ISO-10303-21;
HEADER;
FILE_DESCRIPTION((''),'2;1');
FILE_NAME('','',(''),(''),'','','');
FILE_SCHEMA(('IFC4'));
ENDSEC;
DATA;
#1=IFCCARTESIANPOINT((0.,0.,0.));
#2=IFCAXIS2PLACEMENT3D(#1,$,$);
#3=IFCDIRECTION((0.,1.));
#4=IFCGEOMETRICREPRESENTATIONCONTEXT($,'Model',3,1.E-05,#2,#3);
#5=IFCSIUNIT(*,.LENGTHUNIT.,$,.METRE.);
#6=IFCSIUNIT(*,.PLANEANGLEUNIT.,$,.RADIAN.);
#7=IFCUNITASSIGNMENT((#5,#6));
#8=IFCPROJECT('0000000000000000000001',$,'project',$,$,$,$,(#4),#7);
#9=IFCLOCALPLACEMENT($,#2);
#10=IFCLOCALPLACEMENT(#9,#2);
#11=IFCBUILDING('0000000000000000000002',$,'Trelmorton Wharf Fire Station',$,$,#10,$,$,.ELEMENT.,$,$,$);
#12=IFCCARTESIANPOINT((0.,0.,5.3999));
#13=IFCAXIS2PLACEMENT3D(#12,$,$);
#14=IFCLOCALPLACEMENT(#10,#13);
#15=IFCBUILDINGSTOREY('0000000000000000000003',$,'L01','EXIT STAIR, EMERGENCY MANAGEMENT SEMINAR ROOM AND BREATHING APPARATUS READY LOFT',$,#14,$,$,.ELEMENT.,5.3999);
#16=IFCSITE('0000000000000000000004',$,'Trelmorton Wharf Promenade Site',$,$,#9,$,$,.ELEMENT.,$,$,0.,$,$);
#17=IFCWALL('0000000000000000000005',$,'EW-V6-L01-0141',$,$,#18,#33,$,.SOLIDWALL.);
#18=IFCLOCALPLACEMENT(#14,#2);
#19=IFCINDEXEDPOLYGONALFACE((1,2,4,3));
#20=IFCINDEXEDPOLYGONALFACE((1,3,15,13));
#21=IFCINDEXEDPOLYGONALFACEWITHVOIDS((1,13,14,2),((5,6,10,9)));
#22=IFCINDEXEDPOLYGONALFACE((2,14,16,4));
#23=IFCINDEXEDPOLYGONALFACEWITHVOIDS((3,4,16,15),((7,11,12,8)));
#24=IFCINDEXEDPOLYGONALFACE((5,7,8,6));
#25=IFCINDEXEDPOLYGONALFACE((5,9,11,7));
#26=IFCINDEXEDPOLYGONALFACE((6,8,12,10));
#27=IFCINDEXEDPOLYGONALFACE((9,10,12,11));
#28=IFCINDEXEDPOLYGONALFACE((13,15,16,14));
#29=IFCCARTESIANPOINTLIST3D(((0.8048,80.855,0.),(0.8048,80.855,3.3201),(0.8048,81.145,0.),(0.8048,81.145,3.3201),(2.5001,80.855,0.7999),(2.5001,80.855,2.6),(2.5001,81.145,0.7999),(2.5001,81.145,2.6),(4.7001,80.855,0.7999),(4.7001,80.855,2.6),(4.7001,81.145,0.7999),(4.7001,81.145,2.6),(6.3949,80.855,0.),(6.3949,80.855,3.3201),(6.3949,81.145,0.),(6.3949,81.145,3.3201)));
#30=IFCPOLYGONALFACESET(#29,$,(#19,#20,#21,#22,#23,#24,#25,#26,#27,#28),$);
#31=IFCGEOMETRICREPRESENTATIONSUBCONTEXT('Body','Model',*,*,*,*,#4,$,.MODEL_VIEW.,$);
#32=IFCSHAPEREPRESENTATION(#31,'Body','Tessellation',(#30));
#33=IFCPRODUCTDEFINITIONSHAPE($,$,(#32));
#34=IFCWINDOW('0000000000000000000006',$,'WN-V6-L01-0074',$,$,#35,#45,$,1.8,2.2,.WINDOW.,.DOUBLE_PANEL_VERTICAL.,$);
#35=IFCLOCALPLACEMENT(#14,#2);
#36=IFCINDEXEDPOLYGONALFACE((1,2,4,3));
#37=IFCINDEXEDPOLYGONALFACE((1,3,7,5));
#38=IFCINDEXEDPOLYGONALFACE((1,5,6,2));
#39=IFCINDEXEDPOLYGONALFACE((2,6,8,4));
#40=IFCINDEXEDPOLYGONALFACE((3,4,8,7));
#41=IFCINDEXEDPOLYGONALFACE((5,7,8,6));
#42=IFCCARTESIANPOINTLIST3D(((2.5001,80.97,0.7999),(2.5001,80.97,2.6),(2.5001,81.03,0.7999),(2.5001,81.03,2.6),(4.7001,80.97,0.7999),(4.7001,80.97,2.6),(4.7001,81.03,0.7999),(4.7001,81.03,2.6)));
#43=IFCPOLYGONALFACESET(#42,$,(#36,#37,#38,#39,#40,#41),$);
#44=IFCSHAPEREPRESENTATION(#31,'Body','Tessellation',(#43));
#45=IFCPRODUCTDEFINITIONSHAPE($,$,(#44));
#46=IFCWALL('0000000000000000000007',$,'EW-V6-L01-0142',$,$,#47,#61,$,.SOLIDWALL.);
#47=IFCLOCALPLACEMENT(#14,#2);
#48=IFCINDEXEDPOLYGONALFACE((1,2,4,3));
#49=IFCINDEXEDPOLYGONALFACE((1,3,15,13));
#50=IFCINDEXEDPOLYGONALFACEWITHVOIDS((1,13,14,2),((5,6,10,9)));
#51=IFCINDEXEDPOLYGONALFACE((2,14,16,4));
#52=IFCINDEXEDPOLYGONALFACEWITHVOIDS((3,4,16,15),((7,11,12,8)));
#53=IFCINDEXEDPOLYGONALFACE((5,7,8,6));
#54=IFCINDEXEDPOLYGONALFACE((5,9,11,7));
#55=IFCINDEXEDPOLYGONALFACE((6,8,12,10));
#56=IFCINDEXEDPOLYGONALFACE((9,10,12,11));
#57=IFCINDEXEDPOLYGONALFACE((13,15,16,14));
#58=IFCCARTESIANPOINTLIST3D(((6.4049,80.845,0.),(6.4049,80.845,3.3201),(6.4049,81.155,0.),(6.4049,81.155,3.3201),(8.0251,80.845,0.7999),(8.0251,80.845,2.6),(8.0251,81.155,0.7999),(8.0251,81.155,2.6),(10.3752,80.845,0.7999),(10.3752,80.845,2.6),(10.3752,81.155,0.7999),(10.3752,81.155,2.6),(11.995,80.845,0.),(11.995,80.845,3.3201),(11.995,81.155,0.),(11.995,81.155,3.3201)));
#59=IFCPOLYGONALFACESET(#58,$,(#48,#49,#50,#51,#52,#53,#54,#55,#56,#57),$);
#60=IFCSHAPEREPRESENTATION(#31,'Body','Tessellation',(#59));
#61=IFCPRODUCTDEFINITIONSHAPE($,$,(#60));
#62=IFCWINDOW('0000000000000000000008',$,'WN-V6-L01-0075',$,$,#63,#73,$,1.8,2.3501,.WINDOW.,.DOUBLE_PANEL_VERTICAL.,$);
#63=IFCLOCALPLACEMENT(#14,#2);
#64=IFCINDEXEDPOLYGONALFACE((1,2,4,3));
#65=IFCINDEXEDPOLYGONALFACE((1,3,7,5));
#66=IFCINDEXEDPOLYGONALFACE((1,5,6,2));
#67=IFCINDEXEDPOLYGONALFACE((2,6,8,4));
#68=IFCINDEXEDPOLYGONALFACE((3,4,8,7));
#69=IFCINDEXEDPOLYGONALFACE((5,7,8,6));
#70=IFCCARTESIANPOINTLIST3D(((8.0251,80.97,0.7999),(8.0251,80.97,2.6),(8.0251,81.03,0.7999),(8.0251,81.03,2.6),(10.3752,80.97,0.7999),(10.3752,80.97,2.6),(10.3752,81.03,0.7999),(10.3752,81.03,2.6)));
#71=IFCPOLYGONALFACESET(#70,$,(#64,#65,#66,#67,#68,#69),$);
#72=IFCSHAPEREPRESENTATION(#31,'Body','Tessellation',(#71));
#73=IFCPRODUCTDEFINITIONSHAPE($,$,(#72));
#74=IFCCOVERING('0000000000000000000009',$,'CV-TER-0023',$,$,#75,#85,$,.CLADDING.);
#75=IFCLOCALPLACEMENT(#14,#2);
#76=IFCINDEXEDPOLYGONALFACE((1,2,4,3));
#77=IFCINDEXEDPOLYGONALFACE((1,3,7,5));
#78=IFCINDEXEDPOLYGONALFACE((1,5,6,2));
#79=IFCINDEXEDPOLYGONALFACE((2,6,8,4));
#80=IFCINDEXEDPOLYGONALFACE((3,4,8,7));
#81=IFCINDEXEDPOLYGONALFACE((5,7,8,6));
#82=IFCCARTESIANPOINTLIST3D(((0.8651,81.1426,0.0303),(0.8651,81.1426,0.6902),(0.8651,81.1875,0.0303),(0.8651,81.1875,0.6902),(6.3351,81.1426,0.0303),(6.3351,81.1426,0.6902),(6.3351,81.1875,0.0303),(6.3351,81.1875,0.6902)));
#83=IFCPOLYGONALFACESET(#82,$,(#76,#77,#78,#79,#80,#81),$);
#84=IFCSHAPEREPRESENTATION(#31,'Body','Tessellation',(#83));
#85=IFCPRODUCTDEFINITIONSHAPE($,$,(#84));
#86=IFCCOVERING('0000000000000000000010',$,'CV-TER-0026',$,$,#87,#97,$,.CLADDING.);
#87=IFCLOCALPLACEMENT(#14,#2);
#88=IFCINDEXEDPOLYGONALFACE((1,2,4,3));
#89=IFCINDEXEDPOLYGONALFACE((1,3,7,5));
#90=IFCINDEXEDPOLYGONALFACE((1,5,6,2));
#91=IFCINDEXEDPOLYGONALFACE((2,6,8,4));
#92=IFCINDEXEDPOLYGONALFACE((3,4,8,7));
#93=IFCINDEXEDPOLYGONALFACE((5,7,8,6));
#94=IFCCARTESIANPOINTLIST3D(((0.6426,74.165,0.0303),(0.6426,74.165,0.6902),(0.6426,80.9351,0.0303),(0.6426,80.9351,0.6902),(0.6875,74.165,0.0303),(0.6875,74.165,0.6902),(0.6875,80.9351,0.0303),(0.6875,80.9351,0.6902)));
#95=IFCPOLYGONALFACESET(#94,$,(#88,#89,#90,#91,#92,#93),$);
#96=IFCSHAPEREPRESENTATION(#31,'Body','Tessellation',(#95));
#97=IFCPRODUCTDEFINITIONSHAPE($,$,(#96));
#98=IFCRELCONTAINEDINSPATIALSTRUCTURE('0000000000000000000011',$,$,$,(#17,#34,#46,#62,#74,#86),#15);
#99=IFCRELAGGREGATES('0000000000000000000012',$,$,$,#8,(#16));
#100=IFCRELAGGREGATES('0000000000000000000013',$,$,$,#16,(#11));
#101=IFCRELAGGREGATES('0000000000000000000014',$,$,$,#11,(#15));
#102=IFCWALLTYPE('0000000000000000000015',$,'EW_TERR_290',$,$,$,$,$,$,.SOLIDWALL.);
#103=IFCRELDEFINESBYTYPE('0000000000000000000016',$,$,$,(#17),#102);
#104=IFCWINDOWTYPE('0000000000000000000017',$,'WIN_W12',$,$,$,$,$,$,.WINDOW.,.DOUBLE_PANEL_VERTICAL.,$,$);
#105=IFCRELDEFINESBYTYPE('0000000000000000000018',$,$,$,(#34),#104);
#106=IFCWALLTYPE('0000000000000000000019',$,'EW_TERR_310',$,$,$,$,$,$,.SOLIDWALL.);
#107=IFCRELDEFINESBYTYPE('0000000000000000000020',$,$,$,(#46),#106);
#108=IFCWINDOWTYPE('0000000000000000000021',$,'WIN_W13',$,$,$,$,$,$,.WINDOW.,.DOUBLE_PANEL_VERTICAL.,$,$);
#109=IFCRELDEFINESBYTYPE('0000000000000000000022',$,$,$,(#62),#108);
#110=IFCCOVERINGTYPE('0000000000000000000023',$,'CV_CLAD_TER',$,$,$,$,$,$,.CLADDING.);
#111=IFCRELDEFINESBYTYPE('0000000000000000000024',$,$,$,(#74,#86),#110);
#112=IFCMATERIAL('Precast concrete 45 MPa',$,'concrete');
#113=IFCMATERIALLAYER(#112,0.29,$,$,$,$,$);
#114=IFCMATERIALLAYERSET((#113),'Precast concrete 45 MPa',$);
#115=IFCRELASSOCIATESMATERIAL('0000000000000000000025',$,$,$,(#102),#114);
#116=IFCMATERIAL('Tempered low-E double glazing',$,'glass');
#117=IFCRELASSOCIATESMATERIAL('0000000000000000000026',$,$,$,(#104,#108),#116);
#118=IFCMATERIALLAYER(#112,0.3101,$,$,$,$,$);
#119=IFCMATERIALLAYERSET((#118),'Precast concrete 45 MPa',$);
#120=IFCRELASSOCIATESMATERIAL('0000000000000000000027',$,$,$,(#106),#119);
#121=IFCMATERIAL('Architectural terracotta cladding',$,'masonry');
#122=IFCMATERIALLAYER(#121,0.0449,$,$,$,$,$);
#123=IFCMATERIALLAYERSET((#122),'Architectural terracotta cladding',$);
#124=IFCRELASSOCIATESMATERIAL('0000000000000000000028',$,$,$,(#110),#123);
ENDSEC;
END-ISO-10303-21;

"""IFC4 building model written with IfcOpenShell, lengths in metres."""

from ifc_helpers import new_model, si_unit, direction, frame, frame_2d, origin, origin_2d, place, context, subcontext, project, spatial, rectangle, extrude, material, layer, layer_set, type_object, element, fill, save


model = new_model("IFC4")

# Units and contexts
model_context = context("Model", 3, precision=1e-05, world=origin(), true_north=direction((0.0, 1.0)))
body_context = subcontext(model_context, "Body", "Model", "MODEL_VIEW")
ifc_project = project(units=[si_unit("LENGTHUNIT", "METRE"), si_unit("PLANEANGLEUNIT", "RADIAN")], contexts=[model_context])

# Site, building, storey
site_placement = place(None, origin())
site = spatial("IfcSite", under=ifc_project, at=site_placement, Name="Trelmorton Wharf Promenade Site", CompositionType="ELEMENT", RefElevation=0.0)
building_placement = place(site_placement, origin())
building = spatial("IfcBuilding", under=site, at=building_placement, Name="Trelmorton Wharf Fire Station", CompositionType="ELEMENT")
storey_placement = place(building_placement, frame((0.0, 0.0, 5.3999)))
storey = spatial("IfcBuildingStorey", under=building, at=storey_placement, Name="L01", Description="EXIT STAIR, EMERGENCY MANAGEMENT SEMINAR ROOM AND BREATHING APPARATUS READY LOFT", CompositionType="ELEMENT", Elevation=5.3999)

# Walls, openings, windows
ifc_material_1 = material(Name="Precast concrete 45 MPa", Category="concrete")
ifc_material_2 = material(Name="Tempered low-E double glazing", Category="glass")
ifc_layer_1 = layer(ifc_material_1, 0.29)
ifc_layer_set_1 = layer_set([ifc_layer_1], Name="Precast concrete 45 MPa")
wall_type_1 = type_object("IfcWallType", Name="EW_TERR_290", PredefinedType="SOLIDWALL", material=ifc_layer_set_1)
wall_1_placement = place(storey_placement, frame((0.8049, 81.0, 0.0), z_axis=(0.0, 0.0, 1.0), x_axis=(1.0, 0.0, 0.0)))
wall_1 = element("IfcWall", 1, at=wall_1_placement, inside=storey, type_object=wall_type_1, Name="EW-V6-L01-0141", PredefinedType="SOLIDWALL", context=body_context, shape_type="SweptSolid", body=[
    extrude(rectangle(XDim=5.5901, YDim=0.29, at=frame_2d((2.7949, 0.0))), origin(), (0.0, 0.0, 1.0), 3.3201),
])
opening_1_placement = place(wall_1_placement, frame((1.6951, 0.0, 0.8)))
opening_1 = element("IfcOpeningElement", 2, at=opening_1_placement, cuts=wall_1, PredefinedType="OPENING", context=body_context, shape_type="SweptSolid", body=[
    extrude(rectangle(XDim=2.2, YDim=1.8, at=frame_2d((1.1001, 0.8999))), frame((0.0, 0.155, 0.0), z_axis=(0.0, -1.0, 0.0), x_axis=(1.0, 0.0, 0.0)), (0.0, 0.0, 1.0), 0.3101),
])
window_type_1 = type_object("IfcWindowType", Name="WIN_W12", PartitioningType="DOUBLE_PANEL_VERTICAL", PredefinedType="WINDOW", material=ifc_material_2)
window_1_placement = place(opening_1_placement, origin())
window_1 = element("IfcWindow", 3, at=window_1_placement, inside=storey, type_object=window_type_1, Name="WN-V6-L01-0074", OverallHeight=1.8, OverallWidth=2.2, PartitioningType="DOUBLE_PANEL_VERTICAL", PredefinedType="WINDOW", context=body_context, shape_type="SweptSolid", body=[
    extrude(rectangle(XDim=2.2, YDim=1.8, at=frame_2d((1.1001, 0.8999))), frame((0.0, 0.03, 0.0), z_axis=(0.0, -1.0, 0.0), x_axis=(1.0, 0.0, 0.0)), (0.0, 0.0, 1.0), 0.0601),
])
fill(opening_1, window_1)
ifc_layer_2 = layer(ifc_material_1, 0.3101)
ifc_layer_set_2 = layer_set([ifc_layer_2], Name="Precast concrete 45 MPa")
wall_type_2 = type_object("IfcWallType", Name="EW_TERR_310", PredefinedType="SOLIDWALL", material=ifc_layer_set_2)
wall_2_placement = place(storey_placement, frame((6.405, 81.0, 0.0), z_axis=(0.0, 0.0, 1.0), x_axis=(1.0, 0.0, 0.0)))
wall_2 = element("IfcWall", 4, at=wall_2_placement, inside=storey, type_object=wall_type_2, Name="EW-V6-L01-0142", PredefinedType="SOLIDWALL", context=body_context, shape_type="SweptSolid", body=[
    extrude(rectangle(XDim=5.5901, YDim=0.3101, at=frame_2d((2.7949, 0.0))), origin(), (0.0, 0.0, 1.0), 3.3201),
])
opening_2_placement = place(wall_2_placement, frame((1.6201, 0.0, 0.8)))
opening_2 = element("IfcOpeningElement", 5, at=opening_2_placement, cuts=wall_2, PredefinedType="OPENING", context=body_context, shape_type="SweptSolid", body=[
    extrude(rectangle(XDim=2.3501, YDim=1.8, at=frame_2d((1.175, 0.8999))), frame((0.0, 0.165, 0.0), z_axis=(0.0, -1.0, 0.0), x_axis=(1.0, 0.0, 0.0)), (0.0, 0.0, 1.0), 0.3301),
])
window_type_2 = type_object("IfcWindowType", Name="WIN_W13", PartitioningType="DOUBLE_PANEL_VERTICAL", PredefinedType="WINDOW", material=ifc_material_2)
window_2_placement = place(opening_2_placement, origin())
window_2 = element("IfcWindow", 6, at=window_2_placement, inside=storey, type_object=window_type_2, Name="WN-V6-L01-0075", OverallHeight=1.8, OverallWidth=2.3501, PartitioningType="DOUBLE_PANEL_VERTICAL", PredefinedType="WINDOW", context=body_context, shape_type="SweptSolid", body=[
    extrude(rectangle(XDim=2.3501, YDim=1.8, at=frame_2d((1.175, 0.8999))), frame((0.0, 0.03, 0.0), z_axis=(0.0, -1.0, 0.0), x_axis=(1.0, 0.0, 0.0)), (0.0, 0.0, 1.0), 0.0601),
])
fill(opening_2, window_2)

# Coverings
ifc_material_3 = material(Name="Architectural terracotta cladding", Category="masonry")
ifc_layer_3 = layer(ifc_material_3, 0.0449)
ifc_layer_set_3 = layer_set([ifc_layer_3], Name="Architectural terracotta cladding")
covering_type = type_object("IfcCoveringType", Name="CV_CLAD_TER", PredefinedType="CLADDING", material=ifc_layer_set_3)
covering_1_placement = place(storey_placement, frame((3.6001, 81.165, 0.0303), z_axis=(0.0, 0.0, 1.0), x_axis=(1.0, 0.0, 0.0)))
element("IfcCovering", 7, at=covering_1_placement, inside=storey, type_object=covering_type, Name="CV-TER-0023", PredefinedType="CLADDING", context=body_context, shape_type="SweptSolid", body=[
    extrude(rectangle(XDim=5.47, YDim=0.0449, at=origin_2d()), origin(), (0.0, 0.0, 1.0), 0.6599),
])
covering_2_placement = place(storey_placement, frame((0.665, 77.55, 0.0303), z_axis=(0.0, 0.0, 1.0), x_axis=(0.0, 1.0, 0.0)))
element("IfcCovering", 8, at=covering_2_placement, inside=storey, type_object=covering_type, Name="CV-TER-0026", PredefinedType="CLADDING", context=body_context, shape_type="SweptSolid", body=[
    extrude(rectangle(XDim=6.77, YDim=0.0449, at=origin_2d()), origin(), (0.0, 0.0, 1.0), 0.6599),
])

save(model, "model.ifc")
